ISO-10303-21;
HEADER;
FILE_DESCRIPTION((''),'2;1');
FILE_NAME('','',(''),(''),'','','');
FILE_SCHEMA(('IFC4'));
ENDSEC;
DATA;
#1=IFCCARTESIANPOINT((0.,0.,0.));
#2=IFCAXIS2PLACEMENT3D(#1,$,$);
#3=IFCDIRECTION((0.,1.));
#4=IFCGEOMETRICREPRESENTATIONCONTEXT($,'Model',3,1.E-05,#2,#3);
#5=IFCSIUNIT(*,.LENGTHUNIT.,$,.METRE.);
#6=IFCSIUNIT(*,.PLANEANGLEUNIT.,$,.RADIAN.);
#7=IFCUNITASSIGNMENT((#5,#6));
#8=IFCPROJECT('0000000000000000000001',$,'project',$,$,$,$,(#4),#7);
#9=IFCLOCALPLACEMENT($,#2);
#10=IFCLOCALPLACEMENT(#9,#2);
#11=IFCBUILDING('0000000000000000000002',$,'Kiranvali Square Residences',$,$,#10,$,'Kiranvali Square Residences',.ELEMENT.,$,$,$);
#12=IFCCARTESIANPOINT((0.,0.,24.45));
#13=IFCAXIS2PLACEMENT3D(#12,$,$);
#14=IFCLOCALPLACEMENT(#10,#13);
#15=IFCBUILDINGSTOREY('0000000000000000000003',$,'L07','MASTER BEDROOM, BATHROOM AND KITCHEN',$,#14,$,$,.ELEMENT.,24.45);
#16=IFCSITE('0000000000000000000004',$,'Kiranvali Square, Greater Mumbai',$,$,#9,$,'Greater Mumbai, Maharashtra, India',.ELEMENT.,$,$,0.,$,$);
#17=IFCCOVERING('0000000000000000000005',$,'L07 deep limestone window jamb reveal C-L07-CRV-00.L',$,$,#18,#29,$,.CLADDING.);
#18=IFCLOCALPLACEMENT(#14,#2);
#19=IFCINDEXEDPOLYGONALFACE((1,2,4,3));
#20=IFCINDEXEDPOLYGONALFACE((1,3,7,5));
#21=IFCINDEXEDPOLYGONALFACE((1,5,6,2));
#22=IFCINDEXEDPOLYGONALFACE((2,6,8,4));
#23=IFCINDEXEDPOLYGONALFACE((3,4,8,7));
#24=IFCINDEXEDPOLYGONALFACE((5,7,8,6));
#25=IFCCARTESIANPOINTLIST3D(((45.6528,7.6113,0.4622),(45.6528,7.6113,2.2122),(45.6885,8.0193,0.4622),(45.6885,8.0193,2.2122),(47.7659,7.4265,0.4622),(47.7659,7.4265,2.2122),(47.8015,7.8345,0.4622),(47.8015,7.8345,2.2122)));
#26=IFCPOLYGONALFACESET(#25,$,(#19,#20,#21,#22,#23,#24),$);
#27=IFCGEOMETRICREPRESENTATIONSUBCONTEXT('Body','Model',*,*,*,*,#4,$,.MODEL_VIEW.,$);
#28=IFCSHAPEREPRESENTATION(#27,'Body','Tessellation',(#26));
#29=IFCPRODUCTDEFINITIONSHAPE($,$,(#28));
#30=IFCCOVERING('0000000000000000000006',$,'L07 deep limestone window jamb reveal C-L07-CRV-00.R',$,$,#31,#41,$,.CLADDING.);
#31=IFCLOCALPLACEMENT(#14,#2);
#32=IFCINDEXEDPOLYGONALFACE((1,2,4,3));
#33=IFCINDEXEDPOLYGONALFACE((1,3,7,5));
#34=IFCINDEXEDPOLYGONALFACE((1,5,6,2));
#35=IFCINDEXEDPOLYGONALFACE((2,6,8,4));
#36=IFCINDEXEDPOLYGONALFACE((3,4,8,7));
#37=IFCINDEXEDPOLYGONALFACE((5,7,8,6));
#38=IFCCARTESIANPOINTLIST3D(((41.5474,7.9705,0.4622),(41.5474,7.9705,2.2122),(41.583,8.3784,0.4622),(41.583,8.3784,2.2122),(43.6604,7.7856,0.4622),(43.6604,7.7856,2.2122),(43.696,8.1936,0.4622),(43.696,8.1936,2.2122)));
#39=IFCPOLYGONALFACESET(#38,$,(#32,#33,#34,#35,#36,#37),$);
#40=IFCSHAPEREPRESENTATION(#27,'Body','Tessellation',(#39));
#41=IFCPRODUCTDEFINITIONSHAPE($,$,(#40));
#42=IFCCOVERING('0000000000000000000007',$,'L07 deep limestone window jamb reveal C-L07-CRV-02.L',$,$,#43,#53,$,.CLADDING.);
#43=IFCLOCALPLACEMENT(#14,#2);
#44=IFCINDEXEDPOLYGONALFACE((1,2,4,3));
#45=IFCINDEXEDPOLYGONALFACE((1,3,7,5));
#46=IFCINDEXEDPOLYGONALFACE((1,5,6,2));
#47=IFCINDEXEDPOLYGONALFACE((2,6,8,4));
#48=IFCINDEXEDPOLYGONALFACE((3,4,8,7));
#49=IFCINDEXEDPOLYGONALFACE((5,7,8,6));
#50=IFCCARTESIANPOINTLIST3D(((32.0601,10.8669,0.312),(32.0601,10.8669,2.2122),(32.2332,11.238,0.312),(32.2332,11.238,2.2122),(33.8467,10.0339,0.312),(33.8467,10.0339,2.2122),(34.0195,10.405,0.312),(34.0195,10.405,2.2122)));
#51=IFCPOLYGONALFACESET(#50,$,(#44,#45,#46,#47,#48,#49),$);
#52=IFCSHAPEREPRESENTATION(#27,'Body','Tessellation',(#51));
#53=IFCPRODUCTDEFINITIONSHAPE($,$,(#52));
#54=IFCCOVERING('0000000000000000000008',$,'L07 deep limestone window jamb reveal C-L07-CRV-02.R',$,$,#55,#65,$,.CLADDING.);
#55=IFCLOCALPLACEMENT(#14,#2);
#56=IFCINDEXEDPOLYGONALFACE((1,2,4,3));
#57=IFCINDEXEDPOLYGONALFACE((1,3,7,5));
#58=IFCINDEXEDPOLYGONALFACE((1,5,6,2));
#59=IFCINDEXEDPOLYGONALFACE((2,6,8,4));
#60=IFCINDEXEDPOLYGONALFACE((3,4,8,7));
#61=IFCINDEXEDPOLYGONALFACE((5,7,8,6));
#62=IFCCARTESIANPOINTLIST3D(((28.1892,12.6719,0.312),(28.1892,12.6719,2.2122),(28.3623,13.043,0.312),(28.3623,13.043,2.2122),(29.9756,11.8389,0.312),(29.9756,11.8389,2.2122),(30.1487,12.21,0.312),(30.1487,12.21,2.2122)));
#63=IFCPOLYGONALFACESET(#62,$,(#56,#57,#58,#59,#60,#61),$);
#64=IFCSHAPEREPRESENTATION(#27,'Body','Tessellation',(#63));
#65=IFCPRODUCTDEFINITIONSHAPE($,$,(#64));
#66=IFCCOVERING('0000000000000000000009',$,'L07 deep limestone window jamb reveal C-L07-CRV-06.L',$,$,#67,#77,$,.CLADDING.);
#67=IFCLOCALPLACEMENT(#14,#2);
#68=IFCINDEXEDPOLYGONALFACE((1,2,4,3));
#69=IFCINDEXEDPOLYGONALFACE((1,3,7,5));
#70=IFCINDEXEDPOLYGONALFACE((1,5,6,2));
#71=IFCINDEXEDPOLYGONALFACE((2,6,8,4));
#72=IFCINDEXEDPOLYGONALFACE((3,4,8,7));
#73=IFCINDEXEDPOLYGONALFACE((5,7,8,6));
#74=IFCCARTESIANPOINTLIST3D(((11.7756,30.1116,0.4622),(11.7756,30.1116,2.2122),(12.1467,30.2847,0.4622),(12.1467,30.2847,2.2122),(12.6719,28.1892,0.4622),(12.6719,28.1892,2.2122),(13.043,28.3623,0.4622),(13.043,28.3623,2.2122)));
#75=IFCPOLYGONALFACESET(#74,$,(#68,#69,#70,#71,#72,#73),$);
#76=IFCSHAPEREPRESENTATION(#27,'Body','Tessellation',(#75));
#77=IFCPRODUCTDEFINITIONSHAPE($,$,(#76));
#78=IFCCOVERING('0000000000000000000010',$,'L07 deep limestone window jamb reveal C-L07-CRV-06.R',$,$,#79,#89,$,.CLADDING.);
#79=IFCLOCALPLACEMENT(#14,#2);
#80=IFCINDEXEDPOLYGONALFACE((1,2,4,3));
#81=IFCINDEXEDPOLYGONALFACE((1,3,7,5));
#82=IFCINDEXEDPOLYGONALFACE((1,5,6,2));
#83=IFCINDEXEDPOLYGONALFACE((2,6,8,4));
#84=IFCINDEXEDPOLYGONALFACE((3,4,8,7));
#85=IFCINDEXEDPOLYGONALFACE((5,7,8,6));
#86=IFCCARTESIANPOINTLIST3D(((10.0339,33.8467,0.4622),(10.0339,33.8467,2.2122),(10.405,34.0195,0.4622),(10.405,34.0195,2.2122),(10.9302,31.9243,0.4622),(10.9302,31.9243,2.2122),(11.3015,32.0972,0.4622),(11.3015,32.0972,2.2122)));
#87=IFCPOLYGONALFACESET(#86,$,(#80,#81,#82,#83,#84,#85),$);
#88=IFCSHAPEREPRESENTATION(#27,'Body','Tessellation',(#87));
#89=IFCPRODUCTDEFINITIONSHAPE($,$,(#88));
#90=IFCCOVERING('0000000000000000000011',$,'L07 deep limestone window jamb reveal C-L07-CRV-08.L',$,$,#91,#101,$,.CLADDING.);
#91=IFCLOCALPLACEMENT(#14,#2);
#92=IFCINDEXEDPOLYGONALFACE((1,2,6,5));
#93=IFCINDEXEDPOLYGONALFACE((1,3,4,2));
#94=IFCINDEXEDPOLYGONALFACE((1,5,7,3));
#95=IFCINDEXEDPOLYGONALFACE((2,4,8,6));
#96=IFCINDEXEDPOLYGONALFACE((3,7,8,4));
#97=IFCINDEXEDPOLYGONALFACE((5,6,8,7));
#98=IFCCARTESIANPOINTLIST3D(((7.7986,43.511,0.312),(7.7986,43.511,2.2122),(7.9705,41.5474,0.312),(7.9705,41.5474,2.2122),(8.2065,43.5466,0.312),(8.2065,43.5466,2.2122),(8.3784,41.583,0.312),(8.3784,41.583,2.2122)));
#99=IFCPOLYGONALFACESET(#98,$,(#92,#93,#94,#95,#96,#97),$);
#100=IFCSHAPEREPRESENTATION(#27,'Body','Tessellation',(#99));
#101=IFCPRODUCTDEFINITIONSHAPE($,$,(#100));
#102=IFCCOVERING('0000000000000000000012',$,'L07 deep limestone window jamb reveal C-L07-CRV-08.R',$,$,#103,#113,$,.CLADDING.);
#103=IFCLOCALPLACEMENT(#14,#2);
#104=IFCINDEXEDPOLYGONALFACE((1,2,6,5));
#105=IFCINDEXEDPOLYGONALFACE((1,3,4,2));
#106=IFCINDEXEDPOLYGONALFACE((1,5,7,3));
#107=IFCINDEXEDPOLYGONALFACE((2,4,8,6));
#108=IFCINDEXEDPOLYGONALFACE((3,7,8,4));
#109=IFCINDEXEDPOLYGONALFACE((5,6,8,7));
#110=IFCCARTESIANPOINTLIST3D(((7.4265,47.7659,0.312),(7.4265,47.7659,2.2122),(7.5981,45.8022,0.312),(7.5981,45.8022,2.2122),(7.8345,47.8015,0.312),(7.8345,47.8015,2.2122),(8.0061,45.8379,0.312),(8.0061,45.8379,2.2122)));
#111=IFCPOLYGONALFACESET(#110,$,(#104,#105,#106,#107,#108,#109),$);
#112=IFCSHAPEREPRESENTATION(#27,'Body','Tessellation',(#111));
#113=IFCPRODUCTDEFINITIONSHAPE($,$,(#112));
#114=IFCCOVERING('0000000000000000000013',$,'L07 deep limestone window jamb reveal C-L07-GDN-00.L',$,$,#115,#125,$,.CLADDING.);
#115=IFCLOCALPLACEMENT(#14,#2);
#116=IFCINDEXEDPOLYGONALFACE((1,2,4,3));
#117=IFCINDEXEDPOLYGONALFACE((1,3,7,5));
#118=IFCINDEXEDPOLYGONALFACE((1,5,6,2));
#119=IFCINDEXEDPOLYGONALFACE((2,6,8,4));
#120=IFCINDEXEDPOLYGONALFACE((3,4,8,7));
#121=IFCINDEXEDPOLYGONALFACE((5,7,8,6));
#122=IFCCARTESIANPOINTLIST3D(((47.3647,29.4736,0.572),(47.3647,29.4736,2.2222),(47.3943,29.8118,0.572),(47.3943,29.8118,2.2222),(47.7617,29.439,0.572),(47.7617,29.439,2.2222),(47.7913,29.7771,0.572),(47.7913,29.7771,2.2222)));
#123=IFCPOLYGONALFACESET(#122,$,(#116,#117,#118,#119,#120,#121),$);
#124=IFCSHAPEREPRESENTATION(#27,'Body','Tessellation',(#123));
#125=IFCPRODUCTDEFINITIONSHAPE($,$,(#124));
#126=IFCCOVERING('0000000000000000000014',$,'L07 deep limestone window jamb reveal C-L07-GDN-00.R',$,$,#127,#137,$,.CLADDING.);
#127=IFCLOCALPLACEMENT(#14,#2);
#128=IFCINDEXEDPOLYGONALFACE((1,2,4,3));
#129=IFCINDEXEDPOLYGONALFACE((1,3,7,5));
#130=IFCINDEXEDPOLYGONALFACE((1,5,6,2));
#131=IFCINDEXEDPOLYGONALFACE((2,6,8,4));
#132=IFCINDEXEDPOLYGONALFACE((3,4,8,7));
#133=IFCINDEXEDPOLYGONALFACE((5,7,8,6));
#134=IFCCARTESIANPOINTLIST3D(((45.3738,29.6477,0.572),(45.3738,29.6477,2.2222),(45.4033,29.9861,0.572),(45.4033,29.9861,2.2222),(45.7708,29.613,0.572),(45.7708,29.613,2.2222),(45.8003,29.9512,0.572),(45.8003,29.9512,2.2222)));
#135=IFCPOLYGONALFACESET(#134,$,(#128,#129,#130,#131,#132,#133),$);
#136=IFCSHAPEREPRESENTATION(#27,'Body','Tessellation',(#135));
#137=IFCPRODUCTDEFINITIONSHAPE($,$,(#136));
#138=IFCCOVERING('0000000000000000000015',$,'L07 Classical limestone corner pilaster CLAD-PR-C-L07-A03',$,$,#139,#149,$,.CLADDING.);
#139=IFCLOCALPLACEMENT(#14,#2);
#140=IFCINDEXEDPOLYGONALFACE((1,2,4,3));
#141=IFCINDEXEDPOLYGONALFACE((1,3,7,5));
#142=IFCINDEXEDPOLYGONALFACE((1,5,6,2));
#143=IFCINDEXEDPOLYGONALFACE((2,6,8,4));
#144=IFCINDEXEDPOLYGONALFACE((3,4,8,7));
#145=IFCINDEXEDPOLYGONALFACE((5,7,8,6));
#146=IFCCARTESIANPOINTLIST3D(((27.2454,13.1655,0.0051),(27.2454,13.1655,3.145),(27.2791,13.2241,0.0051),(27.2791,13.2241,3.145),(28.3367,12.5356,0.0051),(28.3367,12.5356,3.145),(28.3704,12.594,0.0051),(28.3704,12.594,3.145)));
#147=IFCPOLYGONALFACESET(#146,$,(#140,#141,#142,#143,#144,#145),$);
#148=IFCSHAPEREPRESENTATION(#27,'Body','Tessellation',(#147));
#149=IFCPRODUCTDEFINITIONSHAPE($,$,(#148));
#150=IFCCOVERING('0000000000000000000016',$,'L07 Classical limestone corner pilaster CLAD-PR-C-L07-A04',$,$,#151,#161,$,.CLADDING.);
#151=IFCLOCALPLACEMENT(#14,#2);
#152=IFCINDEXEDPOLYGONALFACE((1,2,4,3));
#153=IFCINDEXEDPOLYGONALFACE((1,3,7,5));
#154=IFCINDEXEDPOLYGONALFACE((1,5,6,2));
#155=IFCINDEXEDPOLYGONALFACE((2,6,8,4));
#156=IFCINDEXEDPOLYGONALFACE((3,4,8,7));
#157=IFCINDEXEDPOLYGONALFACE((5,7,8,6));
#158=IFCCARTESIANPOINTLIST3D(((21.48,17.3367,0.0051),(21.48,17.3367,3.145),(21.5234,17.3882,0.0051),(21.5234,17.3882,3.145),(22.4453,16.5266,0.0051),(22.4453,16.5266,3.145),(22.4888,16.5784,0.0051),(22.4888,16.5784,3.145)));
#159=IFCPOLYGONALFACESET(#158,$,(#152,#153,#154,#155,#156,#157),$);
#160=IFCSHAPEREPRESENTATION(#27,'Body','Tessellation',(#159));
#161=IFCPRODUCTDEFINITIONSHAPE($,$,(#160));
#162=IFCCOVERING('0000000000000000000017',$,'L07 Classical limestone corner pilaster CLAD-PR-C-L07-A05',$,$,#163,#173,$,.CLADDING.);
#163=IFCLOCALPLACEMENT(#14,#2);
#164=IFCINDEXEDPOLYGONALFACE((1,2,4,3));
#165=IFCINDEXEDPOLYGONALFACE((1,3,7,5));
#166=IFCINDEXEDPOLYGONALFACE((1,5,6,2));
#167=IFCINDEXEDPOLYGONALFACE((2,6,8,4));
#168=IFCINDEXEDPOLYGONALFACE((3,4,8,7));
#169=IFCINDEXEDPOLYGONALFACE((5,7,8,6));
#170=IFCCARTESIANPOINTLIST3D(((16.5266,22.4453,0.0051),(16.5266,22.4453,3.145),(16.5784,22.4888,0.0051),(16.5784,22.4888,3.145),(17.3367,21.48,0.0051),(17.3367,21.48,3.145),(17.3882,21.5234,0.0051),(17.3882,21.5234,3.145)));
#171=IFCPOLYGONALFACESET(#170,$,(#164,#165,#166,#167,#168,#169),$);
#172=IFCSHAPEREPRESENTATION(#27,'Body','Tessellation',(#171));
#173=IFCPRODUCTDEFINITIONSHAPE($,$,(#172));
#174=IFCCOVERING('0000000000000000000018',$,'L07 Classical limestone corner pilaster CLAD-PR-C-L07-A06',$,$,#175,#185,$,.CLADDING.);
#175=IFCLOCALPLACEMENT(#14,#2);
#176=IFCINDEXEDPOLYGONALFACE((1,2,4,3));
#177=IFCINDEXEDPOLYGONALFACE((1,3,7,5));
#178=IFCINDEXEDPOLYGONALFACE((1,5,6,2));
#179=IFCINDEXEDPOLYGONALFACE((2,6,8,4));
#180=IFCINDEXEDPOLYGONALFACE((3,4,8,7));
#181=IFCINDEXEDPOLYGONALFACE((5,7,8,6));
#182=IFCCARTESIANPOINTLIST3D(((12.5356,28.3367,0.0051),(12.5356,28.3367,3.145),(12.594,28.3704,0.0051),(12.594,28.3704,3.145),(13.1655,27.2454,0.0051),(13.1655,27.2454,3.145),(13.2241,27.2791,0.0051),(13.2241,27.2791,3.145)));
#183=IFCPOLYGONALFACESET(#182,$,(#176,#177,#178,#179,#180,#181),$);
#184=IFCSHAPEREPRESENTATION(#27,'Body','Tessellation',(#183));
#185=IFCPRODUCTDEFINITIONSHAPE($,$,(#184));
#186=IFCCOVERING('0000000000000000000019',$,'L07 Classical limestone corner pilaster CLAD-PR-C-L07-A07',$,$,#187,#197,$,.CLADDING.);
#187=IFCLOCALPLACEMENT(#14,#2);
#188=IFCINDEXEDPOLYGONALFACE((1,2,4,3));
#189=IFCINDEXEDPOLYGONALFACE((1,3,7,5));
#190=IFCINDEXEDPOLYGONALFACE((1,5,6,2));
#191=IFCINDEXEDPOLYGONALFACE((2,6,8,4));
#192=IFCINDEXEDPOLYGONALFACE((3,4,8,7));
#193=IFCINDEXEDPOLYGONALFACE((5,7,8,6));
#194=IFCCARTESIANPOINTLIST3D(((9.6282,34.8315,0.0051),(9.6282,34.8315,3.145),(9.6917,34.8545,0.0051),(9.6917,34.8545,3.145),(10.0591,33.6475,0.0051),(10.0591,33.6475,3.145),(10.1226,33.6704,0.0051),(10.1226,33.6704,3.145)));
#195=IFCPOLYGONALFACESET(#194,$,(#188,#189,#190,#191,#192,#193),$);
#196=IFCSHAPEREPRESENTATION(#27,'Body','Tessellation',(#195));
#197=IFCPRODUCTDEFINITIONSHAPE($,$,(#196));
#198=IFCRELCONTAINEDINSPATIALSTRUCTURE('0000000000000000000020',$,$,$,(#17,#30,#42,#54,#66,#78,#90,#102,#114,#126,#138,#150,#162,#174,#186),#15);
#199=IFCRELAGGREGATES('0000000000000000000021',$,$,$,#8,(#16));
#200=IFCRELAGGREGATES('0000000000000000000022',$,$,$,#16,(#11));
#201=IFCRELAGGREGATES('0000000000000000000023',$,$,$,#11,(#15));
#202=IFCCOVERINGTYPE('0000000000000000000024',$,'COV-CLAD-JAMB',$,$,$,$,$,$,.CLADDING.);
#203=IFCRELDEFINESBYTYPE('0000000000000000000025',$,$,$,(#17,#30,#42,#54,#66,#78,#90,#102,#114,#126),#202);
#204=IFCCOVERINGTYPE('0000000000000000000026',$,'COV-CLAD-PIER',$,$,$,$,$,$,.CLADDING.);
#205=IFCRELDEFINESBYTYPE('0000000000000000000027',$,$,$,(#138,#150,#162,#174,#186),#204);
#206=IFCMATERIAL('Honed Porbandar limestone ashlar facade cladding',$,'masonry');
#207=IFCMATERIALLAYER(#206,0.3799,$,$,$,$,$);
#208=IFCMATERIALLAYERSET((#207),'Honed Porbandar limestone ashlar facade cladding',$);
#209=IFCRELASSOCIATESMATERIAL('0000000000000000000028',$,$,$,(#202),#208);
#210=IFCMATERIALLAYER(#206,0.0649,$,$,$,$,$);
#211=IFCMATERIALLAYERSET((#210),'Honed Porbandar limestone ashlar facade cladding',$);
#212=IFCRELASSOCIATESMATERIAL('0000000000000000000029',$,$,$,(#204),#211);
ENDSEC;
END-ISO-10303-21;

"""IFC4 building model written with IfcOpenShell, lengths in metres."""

from ifc_helpers import new_model, si_unit, direction, frame, origin, place, context, subcontext, project, spatial, polyline, outline, extrude, material, layer, layer_set, type_object, element, save


model = new_model("IFC4")

# Units and contexts
model_context = context("Model", 3, precision=1e-05, world=origin(), true_north=direction((0.0, 1.0)))
body_context = subcontext(model_context, "Body", "Model", "MODEL_VIEW")
ifc_project = project(units=[si_unit("LENGTHUNIT", "METRE"), si_unit("PLANEANGLEUNIT", "RADIAN")], contexts=[model_context])

# Site, building, storey
site_placement = place(None, origin())
site = spatial("IfcSite", under=ifc_project, at=site_placement, Name="Kiranvali Square, Greater Mumbai", LongName="Greater Mumbai, Maharashtra, India", CompositionType="ELEMENT", RefElevation=0.0)
building_placement = place(site_placement, origin())
building = spatial("IfcBuilding", under=site, at=building_placement, Name="Kiranvali Square Residences", LongName="Kiranvali Square Residences", CompositionType="ELEMENT")
storey_placement = place(building_placement, frame((0.0, 0.0, 24.45)))
storey = spatial("IfcBuildingStorey", under=building, at=storey_placement, Name="L07", Description="MASTER BEDROOM, BATHROOM AND KITCHEN", CompositionType="ELEMENT", Elevation=24.45)

# Coverings
ifc_material = material(Name="Honed Porbandar limestone ashlar facade cladding", Category="masonry")
ifc_layer_1 = layer(ifc_material, 0.3799)
ifc_layer_set_1 = layer_set([ifc_layer_1], Name="Honed Porbandar limestone ashlar facade cladding")
covering_type_1 = type_object("IfcCoveringType", Name="COV-CLAD-JAMB", PredefinedType="CLADDING", material=ifc_layer_set_1)
covering_1_placement = place(storey_placement, frame((0.0, 0.0, 0.4622)))
element("IfcCovering", 1, at=covering_1_placement, inside=storey, type_object=covering_type_1, Name="L07 deep limestone window jamb reveal C-L07-CRV-00.L", PredefinedType="CLADDING", context=body_context, shape_type="SweptSolid", body=[
    extrude(outline(polyline([(47.8015, 7.8345), (45.6885, 8.0193), (45.6528, 7.6113), (47.7659, 7.4265), (47.8015, 7.8345)])), origin(), (0.0, 0.0, 1.0), 1.75),
])
covering_2_placement = place(storey_placement, frame((0.0, 0.0, 0.4622)))
element("IfcCovering", 2, at=covering_2_placement, inside=storey, type_object=covering_type_1, Name="L07 deep limestone window jamb reveal C-L07-CRV-00.R", PredefinedType="CLADDING", context=body_context, shape_type="SweptSolid", body=[
    extrude(outline(polyline([(43.696, 8.1936), (41.583, 8.3784), (41.5474, 7.9705), (43.6604, 7.7856), (43.696, 8.1936)])), origin(), (0.0, 0.0, 1.0), 1.75),
])
covering_3_placement = place(storey_placement, frame((0.0, 0.0, 0.312)))
element("IfcCovering", 3, at=covering_3_placement, inside=storey, type_object=covering_type_1, Name="L07 deep limestone window jamb reveal C-L07-CRV-02.L", PredefinedType="CLADDING", context=body_context, shape_type="SweptSolid", body=[
    extrude(outline(polyline([(34.0195, 10.405), (32.2332, 11.238), (32.0601, 10.8669), (33.8467, 10.0339), (34.0195, 10.405)])), origin(), (0.0, 0.0, 1.0), 1.9001),
])
covering_4_placement = place(storey_placement, frame((0.0, 0.0, 0.312)))
element("IfcCovering", 4, at=covering_4_placement, inside=storey, type_object=covering_type_1, Name="L07 deep limestone window jamb reveal C-L07-CRV-02.R", PredefinedType="CLADDING", context=body_context, shape_type="SweptSolid", body=[
    extrude(outline(polyline([(30.1487, 12.21), (28.3623, 13.043), (28.1892, 12.6719), (29.9756, 11.8389), (30.1487, 12.21)])), origin(), (0.0, 0.0, 1.0), 1.9001),
])
covering_5_placement = place(storey_placement, frame((0.0, 0.0, 0.4622)))
element("IfcCovering", 5, at=covering_5_placement, inside=storey, type_object=covering_type_1, Name="L07 deep limestone window jamb reveal C-L07-CRV-06.L", PredefinedType="CLADDING", context=body_context, shape_type="SweptSolid", body=[
    extrude(outline(polyline([(13.043, 28.3623), (12.1467, 30.2847), (11.7756, 30.1116), (12.6719, 28.1892), (13.043, 28.3623)])), origin(), (0.0, 0.0, 1.0), 1.75),
])
covering_6_placement = place(storey_placement, frame((0.0, 0.0, 0.4622)))
element("IfcCovering", 6, at=covering_6_placement, inside=storey, type_object=covering_type_1, Name="L07 deep limestone window jamb reveal C-L07-CRV-06.R", PredefinedType="CLADDING", context=body_context, shape_type="SweptSolid", body=[
    extrude(outline(polyline([(11.3015, 32.0972), (10.405, 34.0195), (10.0339, 33.8467), (10.9302, 31.9243), (11.3015, 32.0972)])), origin(), (0.0, 0.0, 1.0), 1.75),
])
covering_7_placement = place(storey_placement, frame((0.0, 0.0, 0.312)))
element("IfcCovering", 7, at=covering_7_placement, inside=storey, type_object=covering_type_1, Name="L07 deep limestone window jamb reveal C-L07-CRV-08.L", PredefinedType="CLADDING", context=body_context, shape_type="SweptSolid", body=[
    extrude(outline(polyline([(8.3784, 41.583), (8.2065, 43.5466), (7.7986, 43.511), (7.9705, 41.5474), (8.3784, 41.583)])), origin(), (0.0, 0.0, 1.0), 1.9001),
])
covering_8_placement = place(storey_placement, frame((0.0, 0.0, 0.312)))
element("IfcCovering", 8, at=covering_8_placement, inside=storey, type_object=covering_type_1, Name="L07 deep limestone window jamb reveal C-L07-CRV-08.R", PredefinedType="CLADDING", context=body_context, shape_type="SweptSolid", body=[
    extrude(outline(polyline([(8.0061, 45.8379), (7.8345, 47.8015), (7.4265, 47.7659), (7.5981, 45.8022), (8.0061, 45.8379)])), origin(), (0.0, 0.0, 1.0), 1.9001),
])
covering_9_placement = place(storey_placement, frame((0.0, 0.0, 0.572)))
element("IfcCovering", 9, at=covering_9_placement, inside=storey, type_object=covering_type_1, Name="L07 deep limestone window jamb reveal C-L07-GDN-00.L", PredefinedType="CLADDING", context=body_context, shape_type="SweptSolid", body=[
    extrude(outline(polyline([(47.7913, 29.7771), (47.3943, 29.8118), (47.3647, 29.4736), (47.7617, 29.439), (47.7913, 29.7771)])), origin(), (0.0, 0.0, 1.0), 1.6501),
])
covering_10_placement = place(storey_placement, frame((0.0, 0.0, 0.572)))
element("IfcCovering", 10, at=covering_10_placement, inside=storey, type_object=covering_type_1, Name="L07 deep limestone window jamb reveal C-L07-GDN-00.R", PredefinedType="CLADDING", context=body_context, shape_type="SweptSolid", body=[
    extrude(outline(polyline([(45.8003, 29.9512), (45.4033, 29.9861), (45.3738, 29.6477), (45.7708, 29.613), (45.8003, 29.9512)])), origin(), (0.0, 0.0, 1.0), 1.6501),
])
ifc_layer_2 = layer(ifc_material, 0.0649)
ifc_layer_set_2 = layer_set([ifc_layer_2], Name="Honed Porbandar limestone ashlar facade cladding")
covering_type_2 = type_object("IfcCoveringType", Name="COV-CLAD-PIER", PredefinedType="CLADDING", material=ifc_layer_set_2)
covering_11_placement = place(storey_placement, frame((0.0, 0.0, 0.0051)))
element("IfcCovering", 11, at=covering_11_placement, inside=storey, type_object=covering_type_2, Name="L07 Classical limestone corner pilaster CLAD-PR-C-L07-A03", PredefinedType="CLADDING", context=body_context, shape_type="SweptSolid", body=[
    extrude(outline(polyline([(27.2454, 13.1655), (28.3367, 12.5356), (28.3704, 12.594), (27.2791, 13.2241), (27.2454, 13.1655)])), origin(), (0.0, 0.0, 1.0), 3.1399),
])
covering_12_placement = place(storey_placement, frame((0.0, 0.0, 0.0051)))
element("IfcCovering", 12, at=covering_12_placement, inside=storey, type_object=covering_type_2, Name="L07 Classical limestone corner pilaster CLAD-PR-C-L07-A04", PredefinedType="CLADDING", context=body_context, shape_type="SweptSolid", body=[
    extrude(outline(polyline([(21.48, 17.3367), (22.4453, 16.5266), (22.4888, 16.5784), (21.5234, 17.3882), (21.48, 17.3367)])), origin(), (0.0, 0.0, 1.0), 3.1399),
])
covering_13_placement = place(storey_placement, frame((0.0, 0.0, 0.0051)))
element("IfcCovering", 13, at=covering_13_placement, inside=storey, type_object=covering_type_2, Name="L07 Classical limestone corner pilaster CLAD-PR-C-L07-A05", PredefinedType="CLADDING", context=body_context, shape_type="SweptSolid", body=[
    extrude(outline(polyline([(16.5266, 22.4453), (17.3367, 21.48), (17.3882, 21.5234), (16.5784, 22.4888), (16.5266, 22.4453)])), origin(), (0.0, 0.0, 1.0), 3.1399),
])
covering_14_placement = place(storey_placement, frame((0.0, 0.0, 0.0051)))
element("IfcCovering", 14, at=covering_14_placement, inside=storey, type_object=covering_type_2, Name="L07 Classical limestone corner pilaster CLAD-PR-C-L07-A06", PredefinedType="CLADDING", context=body_context, shape_type="SweptSolid", body=[
    extrude(outline(polyline([(12.5356, 28.3367), (13.1655, 27.2454), (13.2241, 27.2791), (12.594, 28.3704), (12.5356, 28.3367)])), origin(), (0.0, 0.0, 1.0), 3.1399),
])
covering_15_placement = place(storey_placement, frame((0.0, 0.0, 0.0051)))
element("IfcCovering", 15, at=covering_15_placement, inside=storey, type_object=covering_type_2, Name="L07 Classical limestone corner pilaster CLAD-PR-C-L07-A07", PredefinedType="CLADDING", context=body_context, shape_type="SweptSolid", body=[
    extrude(outline(polyline([(9.6282, 34.8315), (10.0591, 33.6475), (10.1226, 33.6704), (9.6917, 34.8545), (9.6282, 34.8315)])), origin(), (0.0, 0.0, 1.0), 3.1399),
])

save(model, "model.ifc")
